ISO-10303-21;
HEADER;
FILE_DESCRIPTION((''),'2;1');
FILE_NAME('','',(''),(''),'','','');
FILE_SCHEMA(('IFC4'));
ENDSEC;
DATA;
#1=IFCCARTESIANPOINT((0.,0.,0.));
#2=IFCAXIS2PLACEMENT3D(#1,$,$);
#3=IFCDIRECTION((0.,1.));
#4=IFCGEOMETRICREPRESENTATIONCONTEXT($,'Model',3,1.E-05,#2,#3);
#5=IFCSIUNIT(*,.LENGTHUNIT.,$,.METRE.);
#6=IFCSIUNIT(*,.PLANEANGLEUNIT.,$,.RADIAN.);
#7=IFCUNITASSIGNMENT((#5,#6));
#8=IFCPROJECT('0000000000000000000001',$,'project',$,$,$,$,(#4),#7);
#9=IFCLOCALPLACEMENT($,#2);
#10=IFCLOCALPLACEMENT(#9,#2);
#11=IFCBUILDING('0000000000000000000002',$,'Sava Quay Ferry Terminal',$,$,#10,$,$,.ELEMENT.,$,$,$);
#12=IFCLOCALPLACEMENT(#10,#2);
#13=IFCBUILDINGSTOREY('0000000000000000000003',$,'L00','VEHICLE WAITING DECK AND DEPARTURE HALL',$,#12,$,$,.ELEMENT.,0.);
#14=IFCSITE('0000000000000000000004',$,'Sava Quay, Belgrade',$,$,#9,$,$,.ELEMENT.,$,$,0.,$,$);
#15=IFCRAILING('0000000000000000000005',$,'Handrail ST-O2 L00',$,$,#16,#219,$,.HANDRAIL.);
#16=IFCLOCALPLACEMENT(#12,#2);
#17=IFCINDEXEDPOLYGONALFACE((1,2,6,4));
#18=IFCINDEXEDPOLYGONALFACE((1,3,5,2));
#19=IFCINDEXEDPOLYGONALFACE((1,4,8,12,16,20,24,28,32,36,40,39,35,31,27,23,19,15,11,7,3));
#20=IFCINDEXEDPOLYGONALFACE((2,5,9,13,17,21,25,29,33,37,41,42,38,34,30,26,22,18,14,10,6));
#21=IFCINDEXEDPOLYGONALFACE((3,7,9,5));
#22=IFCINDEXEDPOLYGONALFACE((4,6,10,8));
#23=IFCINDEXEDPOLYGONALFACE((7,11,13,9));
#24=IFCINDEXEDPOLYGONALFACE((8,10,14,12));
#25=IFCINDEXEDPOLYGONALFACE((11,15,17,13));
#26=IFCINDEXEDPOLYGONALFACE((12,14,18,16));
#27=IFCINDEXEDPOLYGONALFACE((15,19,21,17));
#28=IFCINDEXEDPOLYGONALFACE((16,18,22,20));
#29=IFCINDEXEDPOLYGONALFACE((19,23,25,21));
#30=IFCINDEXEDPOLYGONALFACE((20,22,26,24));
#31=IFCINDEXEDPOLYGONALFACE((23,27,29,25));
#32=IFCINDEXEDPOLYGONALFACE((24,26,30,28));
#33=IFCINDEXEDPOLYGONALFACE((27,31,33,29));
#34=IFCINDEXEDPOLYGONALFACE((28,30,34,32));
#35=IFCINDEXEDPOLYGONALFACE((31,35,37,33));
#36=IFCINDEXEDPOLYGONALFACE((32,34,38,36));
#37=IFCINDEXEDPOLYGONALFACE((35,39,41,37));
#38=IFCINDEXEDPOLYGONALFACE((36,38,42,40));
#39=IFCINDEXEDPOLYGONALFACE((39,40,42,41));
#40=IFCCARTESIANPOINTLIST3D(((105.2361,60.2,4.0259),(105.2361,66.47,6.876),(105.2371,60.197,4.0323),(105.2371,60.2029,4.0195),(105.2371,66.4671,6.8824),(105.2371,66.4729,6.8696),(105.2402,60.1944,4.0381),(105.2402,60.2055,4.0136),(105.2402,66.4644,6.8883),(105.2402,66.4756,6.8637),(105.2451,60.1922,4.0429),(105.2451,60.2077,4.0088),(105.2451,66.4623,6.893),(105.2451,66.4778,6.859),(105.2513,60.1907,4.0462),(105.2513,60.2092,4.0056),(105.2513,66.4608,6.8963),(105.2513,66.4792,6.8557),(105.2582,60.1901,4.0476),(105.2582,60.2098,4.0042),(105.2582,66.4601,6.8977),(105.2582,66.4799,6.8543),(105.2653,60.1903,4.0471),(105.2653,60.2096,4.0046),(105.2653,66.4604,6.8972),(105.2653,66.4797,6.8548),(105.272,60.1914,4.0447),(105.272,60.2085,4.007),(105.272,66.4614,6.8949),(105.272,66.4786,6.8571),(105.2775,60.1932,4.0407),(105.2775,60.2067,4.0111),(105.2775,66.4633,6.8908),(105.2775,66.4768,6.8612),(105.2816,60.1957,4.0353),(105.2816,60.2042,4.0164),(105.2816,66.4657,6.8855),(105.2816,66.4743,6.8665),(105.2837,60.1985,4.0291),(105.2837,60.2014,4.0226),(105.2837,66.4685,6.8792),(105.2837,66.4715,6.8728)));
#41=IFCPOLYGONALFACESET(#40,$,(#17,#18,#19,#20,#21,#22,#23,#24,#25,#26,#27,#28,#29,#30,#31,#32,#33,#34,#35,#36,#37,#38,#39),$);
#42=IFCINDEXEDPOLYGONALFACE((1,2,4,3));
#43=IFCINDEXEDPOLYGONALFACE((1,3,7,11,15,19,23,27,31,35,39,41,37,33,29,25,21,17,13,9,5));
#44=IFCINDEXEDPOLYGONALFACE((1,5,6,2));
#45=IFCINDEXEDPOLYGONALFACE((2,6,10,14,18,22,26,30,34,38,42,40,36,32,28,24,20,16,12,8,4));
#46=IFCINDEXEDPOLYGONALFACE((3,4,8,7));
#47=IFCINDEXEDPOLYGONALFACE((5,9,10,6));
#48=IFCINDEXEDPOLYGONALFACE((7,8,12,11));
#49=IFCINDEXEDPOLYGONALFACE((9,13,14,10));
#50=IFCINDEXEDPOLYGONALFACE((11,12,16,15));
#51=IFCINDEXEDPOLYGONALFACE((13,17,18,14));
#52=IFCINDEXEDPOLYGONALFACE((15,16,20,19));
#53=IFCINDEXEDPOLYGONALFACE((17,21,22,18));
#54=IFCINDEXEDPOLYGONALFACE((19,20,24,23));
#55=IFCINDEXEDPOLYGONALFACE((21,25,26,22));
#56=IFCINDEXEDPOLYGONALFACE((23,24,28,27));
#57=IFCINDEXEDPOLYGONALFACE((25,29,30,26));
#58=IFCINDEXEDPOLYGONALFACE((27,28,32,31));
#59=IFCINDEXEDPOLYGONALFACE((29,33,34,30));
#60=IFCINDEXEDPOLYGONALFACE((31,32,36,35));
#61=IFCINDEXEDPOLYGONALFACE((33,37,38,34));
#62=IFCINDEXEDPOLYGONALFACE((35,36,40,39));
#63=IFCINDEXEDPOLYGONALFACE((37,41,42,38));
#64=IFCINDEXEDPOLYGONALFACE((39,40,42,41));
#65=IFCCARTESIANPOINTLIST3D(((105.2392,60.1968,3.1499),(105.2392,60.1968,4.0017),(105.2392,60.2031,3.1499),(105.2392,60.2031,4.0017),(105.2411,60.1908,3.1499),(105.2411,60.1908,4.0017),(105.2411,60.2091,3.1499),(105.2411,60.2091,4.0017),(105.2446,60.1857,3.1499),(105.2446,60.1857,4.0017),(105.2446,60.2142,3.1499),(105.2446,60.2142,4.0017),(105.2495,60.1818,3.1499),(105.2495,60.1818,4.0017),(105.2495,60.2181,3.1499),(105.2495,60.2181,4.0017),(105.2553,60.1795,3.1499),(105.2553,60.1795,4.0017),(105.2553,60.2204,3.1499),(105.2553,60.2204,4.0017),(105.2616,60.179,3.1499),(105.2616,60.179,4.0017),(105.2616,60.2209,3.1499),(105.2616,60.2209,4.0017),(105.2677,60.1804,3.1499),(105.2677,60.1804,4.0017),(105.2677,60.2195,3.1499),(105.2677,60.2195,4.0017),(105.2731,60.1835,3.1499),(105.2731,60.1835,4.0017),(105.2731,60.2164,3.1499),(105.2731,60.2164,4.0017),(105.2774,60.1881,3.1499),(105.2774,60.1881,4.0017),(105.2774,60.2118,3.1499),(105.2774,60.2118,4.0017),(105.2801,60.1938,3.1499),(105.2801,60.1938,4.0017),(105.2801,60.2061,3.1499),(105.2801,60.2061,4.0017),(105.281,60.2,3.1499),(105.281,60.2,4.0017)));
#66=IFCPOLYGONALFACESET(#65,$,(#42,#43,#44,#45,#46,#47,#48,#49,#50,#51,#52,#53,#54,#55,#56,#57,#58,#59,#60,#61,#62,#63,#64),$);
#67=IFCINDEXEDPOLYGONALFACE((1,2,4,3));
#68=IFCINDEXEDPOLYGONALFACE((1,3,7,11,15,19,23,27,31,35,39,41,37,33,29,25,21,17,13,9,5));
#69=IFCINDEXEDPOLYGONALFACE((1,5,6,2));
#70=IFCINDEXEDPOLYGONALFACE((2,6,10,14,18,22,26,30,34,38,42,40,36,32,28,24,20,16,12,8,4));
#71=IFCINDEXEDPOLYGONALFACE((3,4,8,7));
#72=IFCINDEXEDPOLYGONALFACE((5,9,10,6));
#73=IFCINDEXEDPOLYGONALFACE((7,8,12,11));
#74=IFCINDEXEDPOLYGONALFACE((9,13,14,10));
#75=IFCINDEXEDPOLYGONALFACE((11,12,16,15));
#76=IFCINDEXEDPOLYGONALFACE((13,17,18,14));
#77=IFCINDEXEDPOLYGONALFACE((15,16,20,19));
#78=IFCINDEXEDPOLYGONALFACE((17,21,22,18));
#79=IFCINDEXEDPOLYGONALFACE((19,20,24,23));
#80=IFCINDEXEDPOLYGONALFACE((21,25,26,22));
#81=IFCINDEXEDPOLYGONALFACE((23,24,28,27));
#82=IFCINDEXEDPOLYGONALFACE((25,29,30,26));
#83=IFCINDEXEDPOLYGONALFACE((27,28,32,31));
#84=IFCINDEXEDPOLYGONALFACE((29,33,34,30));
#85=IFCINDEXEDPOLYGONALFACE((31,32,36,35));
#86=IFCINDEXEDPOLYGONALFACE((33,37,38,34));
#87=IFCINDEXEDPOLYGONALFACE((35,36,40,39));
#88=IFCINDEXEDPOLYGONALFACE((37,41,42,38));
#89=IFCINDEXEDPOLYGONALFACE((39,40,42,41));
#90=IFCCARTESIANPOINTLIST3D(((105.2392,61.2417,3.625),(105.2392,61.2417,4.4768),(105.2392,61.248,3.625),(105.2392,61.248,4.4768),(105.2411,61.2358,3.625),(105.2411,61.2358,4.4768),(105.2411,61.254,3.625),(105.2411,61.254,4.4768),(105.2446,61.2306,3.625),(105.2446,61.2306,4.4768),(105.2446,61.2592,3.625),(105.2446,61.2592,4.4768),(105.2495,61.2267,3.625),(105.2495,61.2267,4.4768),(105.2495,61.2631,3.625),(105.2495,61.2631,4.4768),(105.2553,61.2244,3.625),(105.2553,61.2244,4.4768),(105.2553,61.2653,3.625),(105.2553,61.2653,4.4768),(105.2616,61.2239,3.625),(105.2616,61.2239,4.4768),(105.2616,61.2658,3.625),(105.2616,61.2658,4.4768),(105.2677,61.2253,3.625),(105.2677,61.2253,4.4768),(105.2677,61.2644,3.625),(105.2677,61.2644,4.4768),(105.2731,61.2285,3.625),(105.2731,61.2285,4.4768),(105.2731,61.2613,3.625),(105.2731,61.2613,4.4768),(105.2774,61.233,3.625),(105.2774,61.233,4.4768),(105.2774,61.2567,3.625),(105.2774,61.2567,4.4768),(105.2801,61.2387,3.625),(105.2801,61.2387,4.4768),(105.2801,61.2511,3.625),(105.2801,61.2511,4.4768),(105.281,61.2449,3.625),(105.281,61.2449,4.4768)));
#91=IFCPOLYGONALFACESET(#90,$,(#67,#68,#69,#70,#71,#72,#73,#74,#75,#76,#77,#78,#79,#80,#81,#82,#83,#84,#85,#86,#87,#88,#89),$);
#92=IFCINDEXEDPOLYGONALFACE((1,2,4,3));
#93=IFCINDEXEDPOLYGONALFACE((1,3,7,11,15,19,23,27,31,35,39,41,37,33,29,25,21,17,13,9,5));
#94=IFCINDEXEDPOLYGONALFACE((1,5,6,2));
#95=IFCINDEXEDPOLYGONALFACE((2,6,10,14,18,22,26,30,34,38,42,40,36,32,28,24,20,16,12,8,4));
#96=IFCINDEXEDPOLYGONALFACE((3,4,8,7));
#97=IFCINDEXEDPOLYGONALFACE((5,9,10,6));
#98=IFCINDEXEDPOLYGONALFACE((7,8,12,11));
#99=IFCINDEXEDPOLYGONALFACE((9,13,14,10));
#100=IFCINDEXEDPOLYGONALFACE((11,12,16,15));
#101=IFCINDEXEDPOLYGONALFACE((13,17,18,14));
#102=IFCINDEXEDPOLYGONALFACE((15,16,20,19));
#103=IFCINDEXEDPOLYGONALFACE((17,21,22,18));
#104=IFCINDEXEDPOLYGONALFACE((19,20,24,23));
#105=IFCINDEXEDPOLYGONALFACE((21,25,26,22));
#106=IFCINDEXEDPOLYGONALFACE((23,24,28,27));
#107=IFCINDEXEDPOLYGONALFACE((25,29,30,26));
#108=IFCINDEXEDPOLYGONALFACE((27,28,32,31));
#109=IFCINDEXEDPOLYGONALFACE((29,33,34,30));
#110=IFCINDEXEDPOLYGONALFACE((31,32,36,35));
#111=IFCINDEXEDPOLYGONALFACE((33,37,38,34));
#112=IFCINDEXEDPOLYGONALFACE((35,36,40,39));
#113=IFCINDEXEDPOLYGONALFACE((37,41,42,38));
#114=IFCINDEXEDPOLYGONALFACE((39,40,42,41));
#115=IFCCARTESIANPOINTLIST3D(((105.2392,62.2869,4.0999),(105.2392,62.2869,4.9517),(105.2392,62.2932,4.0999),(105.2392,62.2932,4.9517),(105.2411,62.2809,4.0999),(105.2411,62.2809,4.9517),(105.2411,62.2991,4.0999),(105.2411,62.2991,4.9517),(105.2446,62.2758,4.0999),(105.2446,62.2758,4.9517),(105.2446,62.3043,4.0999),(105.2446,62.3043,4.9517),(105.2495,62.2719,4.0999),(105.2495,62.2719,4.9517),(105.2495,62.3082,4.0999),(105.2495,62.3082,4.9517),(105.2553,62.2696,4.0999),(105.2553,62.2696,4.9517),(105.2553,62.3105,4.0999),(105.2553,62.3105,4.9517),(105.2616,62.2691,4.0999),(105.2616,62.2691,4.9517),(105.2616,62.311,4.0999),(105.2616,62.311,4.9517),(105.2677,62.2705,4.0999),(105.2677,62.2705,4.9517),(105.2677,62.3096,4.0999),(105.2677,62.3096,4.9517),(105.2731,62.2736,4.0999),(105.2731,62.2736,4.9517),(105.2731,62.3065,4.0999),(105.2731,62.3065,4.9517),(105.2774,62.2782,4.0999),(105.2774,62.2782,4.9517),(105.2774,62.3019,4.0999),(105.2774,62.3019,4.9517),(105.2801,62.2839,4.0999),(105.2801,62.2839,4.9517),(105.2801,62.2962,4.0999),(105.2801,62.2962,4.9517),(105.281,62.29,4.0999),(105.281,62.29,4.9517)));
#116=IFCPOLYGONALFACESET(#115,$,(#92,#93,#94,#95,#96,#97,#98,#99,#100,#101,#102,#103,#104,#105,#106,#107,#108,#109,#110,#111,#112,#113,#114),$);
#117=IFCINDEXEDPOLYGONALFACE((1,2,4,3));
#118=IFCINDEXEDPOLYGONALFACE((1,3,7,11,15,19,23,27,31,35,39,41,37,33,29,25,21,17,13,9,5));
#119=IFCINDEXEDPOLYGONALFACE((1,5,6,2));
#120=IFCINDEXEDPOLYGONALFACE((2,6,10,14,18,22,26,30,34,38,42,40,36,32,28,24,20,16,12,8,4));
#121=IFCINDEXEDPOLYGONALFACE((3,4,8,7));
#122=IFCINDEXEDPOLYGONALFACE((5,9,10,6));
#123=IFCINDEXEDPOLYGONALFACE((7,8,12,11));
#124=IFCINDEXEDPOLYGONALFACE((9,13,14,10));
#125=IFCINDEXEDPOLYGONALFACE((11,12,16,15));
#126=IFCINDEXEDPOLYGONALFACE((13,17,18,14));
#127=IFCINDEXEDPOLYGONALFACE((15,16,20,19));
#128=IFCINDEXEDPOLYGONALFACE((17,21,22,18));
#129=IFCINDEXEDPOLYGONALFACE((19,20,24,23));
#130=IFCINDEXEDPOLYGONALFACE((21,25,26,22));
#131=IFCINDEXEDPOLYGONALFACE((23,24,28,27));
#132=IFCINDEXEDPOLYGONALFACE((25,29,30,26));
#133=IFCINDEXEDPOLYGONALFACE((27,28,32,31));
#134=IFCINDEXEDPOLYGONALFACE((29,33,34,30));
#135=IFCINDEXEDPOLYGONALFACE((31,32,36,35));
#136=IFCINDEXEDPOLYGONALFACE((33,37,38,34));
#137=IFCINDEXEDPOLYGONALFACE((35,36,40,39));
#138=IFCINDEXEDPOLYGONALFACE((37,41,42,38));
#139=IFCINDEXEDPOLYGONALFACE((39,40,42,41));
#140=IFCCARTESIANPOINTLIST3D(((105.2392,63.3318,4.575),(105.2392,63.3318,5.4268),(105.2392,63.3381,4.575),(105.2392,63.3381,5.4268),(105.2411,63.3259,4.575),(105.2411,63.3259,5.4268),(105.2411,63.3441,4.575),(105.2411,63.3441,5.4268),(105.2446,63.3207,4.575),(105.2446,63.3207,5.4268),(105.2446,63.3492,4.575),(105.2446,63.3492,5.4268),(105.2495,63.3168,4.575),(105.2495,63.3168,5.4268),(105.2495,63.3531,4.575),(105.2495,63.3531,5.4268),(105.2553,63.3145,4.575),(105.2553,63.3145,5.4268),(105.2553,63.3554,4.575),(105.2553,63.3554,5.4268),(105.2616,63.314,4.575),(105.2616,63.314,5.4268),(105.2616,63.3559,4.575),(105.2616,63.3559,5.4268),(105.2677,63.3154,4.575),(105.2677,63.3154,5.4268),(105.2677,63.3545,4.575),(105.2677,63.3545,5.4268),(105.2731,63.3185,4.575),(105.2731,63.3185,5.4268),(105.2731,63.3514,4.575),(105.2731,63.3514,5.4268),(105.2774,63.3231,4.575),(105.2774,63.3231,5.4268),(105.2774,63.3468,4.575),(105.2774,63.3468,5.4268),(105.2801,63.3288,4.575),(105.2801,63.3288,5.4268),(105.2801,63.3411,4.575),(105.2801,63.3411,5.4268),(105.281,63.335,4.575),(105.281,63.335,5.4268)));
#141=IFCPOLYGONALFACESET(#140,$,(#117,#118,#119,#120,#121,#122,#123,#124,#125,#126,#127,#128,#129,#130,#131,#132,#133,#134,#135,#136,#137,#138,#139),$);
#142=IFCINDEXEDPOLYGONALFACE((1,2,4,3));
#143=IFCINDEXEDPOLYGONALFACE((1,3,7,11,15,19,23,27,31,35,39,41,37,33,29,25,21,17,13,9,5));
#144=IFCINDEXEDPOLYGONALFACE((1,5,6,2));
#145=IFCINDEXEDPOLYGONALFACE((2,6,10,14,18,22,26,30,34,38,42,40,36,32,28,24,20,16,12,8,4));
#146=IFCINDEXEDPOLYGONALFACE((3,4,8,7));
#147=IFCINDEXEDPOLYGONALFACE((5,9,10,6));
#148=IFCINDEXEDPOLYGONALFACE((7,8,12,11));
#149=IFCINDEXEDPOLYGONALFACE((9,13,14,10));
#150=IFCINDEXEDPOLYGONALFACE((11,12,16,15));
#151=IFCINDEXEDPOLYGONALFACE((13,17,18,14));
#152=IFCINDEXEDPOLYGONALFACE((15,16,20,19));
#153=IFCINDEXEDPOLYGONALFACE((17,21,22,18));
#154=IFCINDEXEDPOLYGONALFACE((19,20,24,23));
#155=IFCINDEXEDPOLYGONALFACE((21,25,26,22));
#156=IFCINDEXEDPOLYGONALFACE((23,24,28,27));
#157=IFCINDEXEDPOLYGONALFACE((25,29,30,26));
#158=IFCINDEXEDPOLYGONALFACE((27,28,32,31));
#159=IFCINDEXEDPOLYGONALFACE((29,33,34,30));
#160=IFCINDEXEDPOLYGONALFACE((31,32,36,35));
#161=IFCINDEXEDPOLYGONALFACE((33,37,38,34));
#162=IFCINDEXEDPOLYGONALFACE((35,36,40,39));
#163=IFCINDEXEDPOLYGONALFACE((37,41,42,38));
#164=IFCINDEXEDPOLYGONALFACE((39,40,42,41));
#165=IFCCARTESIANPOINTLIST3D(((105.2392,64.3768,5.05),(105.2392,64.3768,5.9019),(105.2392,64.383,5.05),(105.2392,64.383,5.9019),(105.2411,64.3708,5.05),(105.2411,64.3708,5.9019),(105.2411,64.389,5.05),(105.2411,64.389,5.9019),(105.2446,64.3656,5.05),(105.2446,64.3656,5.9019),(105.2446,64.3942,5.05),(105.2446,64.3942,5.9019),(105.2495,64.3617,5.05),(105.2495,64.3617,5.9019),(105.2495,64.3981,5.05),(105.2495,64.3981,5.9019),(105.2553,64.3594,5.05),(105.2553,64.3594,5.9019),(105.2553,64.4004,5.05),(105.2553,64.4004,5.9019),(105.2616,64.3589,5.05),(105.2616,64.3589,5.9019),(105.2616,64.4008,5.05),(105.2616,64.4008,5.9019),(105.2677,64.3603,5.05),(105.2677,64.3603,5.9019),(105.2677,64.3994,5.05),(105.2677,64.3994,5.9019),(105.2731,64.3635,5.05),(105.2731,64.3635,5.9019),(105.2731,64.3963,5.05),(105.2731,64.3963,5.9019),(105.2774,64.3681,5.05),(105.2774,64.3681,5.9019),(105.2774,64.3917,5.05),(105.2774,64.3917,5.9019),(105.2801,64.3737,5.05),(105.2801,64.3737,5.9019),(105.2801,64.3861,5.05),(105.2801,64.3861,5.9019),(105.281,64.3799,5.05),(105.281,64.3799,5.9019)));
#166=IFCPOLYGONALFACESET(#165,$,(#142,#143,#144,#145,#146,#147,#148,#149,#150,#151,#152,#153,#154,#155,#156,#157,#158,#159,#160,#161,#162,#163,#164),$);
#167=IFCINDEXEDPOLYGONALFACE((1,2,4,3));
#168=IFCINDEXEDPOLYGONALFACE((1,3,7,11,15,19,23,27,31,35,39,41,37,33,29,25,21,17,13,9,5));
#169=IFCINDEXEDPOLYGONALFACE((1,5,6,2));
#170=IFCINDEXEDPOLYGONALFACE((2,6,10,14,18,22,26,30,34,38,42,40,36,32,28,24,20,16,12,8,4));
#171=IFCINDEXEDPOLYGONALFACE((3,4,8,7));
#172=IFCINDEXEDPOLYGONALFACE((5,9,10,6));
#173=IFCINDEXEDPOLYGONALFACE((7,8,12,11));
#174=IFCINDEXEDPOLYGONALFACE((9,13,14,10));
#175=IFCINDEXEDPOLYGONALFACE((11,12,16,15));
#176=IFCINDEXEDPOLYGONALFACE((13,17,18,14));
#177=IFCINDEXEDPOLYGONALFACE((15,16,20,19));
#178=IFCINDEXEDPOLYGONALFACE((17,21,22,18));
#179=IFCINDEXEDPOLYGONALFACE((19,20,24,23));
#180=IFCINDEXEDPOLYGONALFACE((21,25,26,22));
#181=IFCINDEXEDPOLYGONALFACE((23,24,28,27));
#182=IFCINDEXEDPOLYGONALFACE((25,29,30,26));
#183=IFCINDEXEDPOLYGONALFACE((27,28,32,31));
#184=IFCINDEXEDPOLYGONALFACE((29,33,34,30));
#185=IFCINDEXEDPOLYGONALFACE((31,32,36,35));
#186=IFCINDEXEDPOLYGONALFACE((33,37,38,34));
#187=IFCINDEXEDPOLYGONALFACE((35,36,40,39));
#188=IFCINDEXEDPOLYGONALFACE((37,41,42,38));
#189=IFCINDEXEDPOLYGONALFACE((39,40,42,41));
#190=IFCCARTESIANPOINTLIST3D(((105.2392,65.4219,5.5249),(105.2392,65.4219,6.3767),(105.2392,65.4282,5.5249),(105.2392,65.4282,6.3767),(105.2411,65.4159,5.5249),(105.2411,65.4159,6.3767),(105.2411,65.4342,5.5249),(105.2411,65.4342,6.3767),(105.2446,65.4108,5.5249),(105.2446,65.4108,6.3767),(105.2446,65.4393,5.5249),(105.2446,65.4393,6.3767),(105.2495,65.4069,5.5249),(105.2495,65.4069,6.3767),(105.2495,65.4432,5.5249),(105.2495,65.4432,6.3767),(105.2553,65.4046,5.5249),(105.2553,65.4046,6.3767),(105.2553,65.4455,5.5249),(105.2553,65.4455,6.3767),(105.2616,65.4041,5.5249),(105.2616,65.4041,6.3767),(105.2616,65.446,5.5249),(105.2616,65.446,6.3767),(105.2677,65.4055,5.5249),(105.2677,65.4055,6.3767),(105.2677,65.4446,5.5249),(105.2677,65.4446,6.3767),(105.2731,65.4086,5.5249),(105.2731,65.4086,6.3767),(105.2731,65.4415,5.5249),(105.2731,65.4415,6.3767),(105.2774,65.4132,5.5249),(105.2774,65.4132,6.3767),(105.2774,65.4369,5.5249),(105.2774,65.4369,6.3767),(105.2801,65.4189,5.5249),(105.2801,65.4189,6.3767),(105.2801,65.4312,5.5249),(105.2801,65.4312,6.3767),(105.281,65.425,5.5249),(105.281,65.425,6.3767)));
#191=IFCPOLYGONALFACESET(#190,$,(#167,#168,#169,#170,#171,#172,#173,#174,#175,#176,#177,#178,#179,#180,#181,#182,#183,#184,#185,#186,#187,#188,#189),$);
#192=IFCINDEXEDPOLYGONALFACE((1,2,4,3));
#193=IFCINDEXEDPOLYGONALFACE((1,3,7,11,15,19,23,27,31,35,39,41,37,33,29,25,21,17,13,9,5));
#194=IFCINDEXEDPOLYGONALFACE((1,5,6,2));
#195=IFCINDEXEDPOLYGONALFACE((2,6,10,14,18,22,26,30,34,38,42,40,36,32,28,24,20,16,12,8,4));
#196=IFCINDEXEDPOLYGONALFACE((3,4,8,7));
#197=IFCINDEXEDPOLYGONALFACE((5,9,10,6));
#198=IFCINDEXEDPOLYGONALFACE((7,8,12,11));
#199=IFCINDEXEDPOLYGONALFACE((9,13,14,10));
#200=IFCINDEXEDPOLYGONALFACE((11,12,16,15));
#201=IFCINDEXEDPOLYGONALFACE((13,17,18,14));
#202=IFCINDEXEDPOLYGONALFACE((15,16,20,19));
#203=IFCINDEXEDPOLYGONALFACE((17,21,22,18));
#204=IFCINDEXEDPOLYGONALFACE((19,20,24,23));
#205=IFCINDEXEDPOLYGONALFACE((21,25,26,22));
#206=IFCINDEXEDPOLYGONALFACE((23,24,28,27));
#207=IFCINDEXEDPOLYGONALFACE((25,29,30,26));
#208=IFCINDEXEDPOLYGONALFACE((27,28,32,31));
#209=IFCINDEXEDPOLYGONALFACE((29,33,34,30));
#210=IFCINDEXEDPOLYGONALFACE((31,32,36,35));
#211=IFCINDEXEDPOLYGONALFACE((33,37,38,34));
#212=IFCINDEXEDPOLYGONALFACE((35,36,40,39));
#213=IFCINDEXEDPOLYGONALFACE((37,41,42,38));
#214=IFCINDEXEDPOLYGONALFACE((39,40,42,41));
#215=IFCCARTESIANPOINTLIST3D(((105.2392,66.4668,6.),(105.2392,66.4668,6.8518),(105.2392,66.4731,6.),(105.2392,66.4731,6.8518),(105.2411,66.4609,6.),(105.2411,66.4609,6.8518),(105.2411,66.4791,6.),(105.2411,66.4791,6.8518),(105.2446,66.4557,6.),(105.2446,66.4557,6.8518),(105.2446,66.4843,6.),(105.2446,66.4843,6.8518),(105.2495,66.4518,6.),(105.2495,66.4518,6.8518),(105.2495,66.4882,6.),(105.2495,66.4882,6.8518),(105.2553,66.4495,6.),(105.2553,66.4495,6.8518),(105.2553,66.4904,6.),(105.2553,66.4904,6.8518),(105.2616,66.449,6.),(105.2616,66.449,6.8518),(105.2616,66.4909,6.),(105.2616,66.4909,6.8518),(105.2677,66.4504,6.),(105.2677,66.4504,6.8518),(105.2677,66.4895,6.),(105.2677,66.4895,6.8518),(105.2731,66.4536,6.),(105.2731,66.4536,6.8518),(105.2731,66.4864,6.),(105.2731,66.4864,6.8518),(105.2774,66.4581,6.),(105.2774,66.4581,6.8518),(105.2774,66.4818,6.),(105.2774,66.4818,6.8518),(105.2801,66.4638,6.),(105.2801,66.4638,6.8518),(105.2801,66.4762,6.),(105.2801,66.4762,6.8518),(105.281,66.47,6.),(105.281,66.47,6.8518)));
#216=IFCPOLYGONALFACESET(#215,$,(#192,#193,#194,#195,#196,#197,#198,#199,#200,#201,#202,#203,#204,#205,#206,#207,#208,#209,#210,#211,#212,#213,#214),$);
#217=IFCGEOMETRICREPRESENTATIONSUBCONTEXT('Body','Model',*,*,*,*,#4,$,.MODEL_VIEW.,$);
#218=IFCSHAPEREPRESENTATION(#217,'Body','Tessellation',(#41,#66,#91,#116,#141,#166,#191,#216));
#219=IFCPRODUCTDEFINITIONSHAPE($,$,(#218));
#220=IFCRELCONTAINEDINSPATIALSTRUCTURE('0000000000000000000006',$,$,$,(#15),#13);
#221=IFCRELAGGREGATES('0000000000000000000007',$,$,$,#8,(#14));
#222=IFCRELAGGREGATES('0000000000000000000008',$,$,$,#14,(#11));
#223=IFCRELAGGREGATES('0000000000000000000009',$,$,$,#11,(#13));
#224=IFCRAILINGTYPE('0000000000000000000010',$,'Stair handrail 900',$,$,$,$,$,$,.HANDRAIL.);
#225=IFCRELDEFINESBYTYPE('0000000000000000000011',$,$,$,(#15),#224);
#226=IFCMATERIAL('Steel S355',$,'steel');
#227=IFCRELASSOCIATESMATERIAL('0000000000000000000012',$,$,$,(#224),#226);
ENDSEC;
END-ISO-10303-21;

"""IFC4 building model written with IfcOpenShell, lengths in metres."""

from ifc_helpers import new_model, si_unit, direction, frame, origin, origin_2d, place, context, subcontext, project, spatial, circle, extrude, material, type_object, element, save


model = new_model("IFC4")

# Units and contexts
model_context = context("Model", 3, precision=1e-05, world=origin(), true_north=direction((0.0, 1.0)))
body_context = subcontext(model_context, "Body", "Model", "MODEL_VIEW")
ifc_project = project(units=[si_unit("LENGTHUNIT", "METRE"), si_unit("PLANEANGLEUNIT", "RADIAN")], contexts=[model_context])

# Site, building, storey
site_placement = place(None, origin())
site = spatial("IfcSite", under=ifc_project, at=site_placement, Name="Sava Quay, Belgrade", CompositionType="ELEMENT", RefElevation=0.0)
building_placement = place(site_placement, origin())
building = spatial("IfcBuilding", under=site, at=building_placement, Name="Sava Quay Ferry Terminal", CompositionType="ELEMENT")
storey_placement = place(building_placement, origin())
storey = spatial("IfcBuildingStorey", under=building, at=storey_placement, Name="L00", Description="VEHICLE WAITING DECK AND DEPARTURE HALL", CompositionType="ELEMENT", Elevation=0.0)

# Railing
ifc_material_1 = material(Name="Steel S355", Category="steel")
railing_type_1 = type_object("IfcRailingType", Name="Stair handrail 900", PredefinedType="HANDRAIL", material=ifc_material_1)
railing_1_placement = place(storey_placement, frame((105.26, 60.2, 3.1499)))
element("IfcRailing", 1, at=railing_1_placement, inside=storey, type_object=railing_type_1, Name="Handrail ST-O2 L00", PredefinedType="HANDRAIL", context=body_context, shape_type="SweptSolid", body=[
    extrude(circle(Radius=0.0239, at=origin_2d()), frame((0.0, 0.0, 0.876), z_axis=(0.0, 0.910362, 0.413814), x_axis=(-1.0, 0.0, 0.0)), (0.0, 0.0, 1.0), 6.8875),
    extrude(circle(Radius=0.021, at=origin_2d()), origin(), (0.0, 0.0, 1.0), 0.8518),
    extrude(circle(Radius=0.021, at=origin_2d()), frame((0.0, 1.0449, 0.4751)), (0.0, 0.0, 1.0), 0.8518),
    extrude(circle(Radius=0.021, at=origin_2d()), frame((0.0, 2.0901, 0.95)), (0.0, 0.0, 1.0), 0.8518),
    extrude(circle(Radius=0.021, at=origin_2d()), frame((0.0, 3.135, 1.425)), (0.0, 0.0, 1.0), 0.8518),
    extrude(circle(Radius=0.021, at=origin_2d()), frame((0.0, 4.1799, 1.9001)), (0.0, 0.0, 1.0), 0.8518),
    extrude(circle(Radius=0.021, at=origin_2d()), frame((0.0, 5.2251, 2.375)), (0.0, 0.0, 1.0), 0.8518),
    extrude(circle(Radius=0.021, at=origin_2d()), frame((0.0, 6.27, 2.8501)), (0.0, 0.0, 1.0), 0.8518),
])

save(model, "model.ifc")
